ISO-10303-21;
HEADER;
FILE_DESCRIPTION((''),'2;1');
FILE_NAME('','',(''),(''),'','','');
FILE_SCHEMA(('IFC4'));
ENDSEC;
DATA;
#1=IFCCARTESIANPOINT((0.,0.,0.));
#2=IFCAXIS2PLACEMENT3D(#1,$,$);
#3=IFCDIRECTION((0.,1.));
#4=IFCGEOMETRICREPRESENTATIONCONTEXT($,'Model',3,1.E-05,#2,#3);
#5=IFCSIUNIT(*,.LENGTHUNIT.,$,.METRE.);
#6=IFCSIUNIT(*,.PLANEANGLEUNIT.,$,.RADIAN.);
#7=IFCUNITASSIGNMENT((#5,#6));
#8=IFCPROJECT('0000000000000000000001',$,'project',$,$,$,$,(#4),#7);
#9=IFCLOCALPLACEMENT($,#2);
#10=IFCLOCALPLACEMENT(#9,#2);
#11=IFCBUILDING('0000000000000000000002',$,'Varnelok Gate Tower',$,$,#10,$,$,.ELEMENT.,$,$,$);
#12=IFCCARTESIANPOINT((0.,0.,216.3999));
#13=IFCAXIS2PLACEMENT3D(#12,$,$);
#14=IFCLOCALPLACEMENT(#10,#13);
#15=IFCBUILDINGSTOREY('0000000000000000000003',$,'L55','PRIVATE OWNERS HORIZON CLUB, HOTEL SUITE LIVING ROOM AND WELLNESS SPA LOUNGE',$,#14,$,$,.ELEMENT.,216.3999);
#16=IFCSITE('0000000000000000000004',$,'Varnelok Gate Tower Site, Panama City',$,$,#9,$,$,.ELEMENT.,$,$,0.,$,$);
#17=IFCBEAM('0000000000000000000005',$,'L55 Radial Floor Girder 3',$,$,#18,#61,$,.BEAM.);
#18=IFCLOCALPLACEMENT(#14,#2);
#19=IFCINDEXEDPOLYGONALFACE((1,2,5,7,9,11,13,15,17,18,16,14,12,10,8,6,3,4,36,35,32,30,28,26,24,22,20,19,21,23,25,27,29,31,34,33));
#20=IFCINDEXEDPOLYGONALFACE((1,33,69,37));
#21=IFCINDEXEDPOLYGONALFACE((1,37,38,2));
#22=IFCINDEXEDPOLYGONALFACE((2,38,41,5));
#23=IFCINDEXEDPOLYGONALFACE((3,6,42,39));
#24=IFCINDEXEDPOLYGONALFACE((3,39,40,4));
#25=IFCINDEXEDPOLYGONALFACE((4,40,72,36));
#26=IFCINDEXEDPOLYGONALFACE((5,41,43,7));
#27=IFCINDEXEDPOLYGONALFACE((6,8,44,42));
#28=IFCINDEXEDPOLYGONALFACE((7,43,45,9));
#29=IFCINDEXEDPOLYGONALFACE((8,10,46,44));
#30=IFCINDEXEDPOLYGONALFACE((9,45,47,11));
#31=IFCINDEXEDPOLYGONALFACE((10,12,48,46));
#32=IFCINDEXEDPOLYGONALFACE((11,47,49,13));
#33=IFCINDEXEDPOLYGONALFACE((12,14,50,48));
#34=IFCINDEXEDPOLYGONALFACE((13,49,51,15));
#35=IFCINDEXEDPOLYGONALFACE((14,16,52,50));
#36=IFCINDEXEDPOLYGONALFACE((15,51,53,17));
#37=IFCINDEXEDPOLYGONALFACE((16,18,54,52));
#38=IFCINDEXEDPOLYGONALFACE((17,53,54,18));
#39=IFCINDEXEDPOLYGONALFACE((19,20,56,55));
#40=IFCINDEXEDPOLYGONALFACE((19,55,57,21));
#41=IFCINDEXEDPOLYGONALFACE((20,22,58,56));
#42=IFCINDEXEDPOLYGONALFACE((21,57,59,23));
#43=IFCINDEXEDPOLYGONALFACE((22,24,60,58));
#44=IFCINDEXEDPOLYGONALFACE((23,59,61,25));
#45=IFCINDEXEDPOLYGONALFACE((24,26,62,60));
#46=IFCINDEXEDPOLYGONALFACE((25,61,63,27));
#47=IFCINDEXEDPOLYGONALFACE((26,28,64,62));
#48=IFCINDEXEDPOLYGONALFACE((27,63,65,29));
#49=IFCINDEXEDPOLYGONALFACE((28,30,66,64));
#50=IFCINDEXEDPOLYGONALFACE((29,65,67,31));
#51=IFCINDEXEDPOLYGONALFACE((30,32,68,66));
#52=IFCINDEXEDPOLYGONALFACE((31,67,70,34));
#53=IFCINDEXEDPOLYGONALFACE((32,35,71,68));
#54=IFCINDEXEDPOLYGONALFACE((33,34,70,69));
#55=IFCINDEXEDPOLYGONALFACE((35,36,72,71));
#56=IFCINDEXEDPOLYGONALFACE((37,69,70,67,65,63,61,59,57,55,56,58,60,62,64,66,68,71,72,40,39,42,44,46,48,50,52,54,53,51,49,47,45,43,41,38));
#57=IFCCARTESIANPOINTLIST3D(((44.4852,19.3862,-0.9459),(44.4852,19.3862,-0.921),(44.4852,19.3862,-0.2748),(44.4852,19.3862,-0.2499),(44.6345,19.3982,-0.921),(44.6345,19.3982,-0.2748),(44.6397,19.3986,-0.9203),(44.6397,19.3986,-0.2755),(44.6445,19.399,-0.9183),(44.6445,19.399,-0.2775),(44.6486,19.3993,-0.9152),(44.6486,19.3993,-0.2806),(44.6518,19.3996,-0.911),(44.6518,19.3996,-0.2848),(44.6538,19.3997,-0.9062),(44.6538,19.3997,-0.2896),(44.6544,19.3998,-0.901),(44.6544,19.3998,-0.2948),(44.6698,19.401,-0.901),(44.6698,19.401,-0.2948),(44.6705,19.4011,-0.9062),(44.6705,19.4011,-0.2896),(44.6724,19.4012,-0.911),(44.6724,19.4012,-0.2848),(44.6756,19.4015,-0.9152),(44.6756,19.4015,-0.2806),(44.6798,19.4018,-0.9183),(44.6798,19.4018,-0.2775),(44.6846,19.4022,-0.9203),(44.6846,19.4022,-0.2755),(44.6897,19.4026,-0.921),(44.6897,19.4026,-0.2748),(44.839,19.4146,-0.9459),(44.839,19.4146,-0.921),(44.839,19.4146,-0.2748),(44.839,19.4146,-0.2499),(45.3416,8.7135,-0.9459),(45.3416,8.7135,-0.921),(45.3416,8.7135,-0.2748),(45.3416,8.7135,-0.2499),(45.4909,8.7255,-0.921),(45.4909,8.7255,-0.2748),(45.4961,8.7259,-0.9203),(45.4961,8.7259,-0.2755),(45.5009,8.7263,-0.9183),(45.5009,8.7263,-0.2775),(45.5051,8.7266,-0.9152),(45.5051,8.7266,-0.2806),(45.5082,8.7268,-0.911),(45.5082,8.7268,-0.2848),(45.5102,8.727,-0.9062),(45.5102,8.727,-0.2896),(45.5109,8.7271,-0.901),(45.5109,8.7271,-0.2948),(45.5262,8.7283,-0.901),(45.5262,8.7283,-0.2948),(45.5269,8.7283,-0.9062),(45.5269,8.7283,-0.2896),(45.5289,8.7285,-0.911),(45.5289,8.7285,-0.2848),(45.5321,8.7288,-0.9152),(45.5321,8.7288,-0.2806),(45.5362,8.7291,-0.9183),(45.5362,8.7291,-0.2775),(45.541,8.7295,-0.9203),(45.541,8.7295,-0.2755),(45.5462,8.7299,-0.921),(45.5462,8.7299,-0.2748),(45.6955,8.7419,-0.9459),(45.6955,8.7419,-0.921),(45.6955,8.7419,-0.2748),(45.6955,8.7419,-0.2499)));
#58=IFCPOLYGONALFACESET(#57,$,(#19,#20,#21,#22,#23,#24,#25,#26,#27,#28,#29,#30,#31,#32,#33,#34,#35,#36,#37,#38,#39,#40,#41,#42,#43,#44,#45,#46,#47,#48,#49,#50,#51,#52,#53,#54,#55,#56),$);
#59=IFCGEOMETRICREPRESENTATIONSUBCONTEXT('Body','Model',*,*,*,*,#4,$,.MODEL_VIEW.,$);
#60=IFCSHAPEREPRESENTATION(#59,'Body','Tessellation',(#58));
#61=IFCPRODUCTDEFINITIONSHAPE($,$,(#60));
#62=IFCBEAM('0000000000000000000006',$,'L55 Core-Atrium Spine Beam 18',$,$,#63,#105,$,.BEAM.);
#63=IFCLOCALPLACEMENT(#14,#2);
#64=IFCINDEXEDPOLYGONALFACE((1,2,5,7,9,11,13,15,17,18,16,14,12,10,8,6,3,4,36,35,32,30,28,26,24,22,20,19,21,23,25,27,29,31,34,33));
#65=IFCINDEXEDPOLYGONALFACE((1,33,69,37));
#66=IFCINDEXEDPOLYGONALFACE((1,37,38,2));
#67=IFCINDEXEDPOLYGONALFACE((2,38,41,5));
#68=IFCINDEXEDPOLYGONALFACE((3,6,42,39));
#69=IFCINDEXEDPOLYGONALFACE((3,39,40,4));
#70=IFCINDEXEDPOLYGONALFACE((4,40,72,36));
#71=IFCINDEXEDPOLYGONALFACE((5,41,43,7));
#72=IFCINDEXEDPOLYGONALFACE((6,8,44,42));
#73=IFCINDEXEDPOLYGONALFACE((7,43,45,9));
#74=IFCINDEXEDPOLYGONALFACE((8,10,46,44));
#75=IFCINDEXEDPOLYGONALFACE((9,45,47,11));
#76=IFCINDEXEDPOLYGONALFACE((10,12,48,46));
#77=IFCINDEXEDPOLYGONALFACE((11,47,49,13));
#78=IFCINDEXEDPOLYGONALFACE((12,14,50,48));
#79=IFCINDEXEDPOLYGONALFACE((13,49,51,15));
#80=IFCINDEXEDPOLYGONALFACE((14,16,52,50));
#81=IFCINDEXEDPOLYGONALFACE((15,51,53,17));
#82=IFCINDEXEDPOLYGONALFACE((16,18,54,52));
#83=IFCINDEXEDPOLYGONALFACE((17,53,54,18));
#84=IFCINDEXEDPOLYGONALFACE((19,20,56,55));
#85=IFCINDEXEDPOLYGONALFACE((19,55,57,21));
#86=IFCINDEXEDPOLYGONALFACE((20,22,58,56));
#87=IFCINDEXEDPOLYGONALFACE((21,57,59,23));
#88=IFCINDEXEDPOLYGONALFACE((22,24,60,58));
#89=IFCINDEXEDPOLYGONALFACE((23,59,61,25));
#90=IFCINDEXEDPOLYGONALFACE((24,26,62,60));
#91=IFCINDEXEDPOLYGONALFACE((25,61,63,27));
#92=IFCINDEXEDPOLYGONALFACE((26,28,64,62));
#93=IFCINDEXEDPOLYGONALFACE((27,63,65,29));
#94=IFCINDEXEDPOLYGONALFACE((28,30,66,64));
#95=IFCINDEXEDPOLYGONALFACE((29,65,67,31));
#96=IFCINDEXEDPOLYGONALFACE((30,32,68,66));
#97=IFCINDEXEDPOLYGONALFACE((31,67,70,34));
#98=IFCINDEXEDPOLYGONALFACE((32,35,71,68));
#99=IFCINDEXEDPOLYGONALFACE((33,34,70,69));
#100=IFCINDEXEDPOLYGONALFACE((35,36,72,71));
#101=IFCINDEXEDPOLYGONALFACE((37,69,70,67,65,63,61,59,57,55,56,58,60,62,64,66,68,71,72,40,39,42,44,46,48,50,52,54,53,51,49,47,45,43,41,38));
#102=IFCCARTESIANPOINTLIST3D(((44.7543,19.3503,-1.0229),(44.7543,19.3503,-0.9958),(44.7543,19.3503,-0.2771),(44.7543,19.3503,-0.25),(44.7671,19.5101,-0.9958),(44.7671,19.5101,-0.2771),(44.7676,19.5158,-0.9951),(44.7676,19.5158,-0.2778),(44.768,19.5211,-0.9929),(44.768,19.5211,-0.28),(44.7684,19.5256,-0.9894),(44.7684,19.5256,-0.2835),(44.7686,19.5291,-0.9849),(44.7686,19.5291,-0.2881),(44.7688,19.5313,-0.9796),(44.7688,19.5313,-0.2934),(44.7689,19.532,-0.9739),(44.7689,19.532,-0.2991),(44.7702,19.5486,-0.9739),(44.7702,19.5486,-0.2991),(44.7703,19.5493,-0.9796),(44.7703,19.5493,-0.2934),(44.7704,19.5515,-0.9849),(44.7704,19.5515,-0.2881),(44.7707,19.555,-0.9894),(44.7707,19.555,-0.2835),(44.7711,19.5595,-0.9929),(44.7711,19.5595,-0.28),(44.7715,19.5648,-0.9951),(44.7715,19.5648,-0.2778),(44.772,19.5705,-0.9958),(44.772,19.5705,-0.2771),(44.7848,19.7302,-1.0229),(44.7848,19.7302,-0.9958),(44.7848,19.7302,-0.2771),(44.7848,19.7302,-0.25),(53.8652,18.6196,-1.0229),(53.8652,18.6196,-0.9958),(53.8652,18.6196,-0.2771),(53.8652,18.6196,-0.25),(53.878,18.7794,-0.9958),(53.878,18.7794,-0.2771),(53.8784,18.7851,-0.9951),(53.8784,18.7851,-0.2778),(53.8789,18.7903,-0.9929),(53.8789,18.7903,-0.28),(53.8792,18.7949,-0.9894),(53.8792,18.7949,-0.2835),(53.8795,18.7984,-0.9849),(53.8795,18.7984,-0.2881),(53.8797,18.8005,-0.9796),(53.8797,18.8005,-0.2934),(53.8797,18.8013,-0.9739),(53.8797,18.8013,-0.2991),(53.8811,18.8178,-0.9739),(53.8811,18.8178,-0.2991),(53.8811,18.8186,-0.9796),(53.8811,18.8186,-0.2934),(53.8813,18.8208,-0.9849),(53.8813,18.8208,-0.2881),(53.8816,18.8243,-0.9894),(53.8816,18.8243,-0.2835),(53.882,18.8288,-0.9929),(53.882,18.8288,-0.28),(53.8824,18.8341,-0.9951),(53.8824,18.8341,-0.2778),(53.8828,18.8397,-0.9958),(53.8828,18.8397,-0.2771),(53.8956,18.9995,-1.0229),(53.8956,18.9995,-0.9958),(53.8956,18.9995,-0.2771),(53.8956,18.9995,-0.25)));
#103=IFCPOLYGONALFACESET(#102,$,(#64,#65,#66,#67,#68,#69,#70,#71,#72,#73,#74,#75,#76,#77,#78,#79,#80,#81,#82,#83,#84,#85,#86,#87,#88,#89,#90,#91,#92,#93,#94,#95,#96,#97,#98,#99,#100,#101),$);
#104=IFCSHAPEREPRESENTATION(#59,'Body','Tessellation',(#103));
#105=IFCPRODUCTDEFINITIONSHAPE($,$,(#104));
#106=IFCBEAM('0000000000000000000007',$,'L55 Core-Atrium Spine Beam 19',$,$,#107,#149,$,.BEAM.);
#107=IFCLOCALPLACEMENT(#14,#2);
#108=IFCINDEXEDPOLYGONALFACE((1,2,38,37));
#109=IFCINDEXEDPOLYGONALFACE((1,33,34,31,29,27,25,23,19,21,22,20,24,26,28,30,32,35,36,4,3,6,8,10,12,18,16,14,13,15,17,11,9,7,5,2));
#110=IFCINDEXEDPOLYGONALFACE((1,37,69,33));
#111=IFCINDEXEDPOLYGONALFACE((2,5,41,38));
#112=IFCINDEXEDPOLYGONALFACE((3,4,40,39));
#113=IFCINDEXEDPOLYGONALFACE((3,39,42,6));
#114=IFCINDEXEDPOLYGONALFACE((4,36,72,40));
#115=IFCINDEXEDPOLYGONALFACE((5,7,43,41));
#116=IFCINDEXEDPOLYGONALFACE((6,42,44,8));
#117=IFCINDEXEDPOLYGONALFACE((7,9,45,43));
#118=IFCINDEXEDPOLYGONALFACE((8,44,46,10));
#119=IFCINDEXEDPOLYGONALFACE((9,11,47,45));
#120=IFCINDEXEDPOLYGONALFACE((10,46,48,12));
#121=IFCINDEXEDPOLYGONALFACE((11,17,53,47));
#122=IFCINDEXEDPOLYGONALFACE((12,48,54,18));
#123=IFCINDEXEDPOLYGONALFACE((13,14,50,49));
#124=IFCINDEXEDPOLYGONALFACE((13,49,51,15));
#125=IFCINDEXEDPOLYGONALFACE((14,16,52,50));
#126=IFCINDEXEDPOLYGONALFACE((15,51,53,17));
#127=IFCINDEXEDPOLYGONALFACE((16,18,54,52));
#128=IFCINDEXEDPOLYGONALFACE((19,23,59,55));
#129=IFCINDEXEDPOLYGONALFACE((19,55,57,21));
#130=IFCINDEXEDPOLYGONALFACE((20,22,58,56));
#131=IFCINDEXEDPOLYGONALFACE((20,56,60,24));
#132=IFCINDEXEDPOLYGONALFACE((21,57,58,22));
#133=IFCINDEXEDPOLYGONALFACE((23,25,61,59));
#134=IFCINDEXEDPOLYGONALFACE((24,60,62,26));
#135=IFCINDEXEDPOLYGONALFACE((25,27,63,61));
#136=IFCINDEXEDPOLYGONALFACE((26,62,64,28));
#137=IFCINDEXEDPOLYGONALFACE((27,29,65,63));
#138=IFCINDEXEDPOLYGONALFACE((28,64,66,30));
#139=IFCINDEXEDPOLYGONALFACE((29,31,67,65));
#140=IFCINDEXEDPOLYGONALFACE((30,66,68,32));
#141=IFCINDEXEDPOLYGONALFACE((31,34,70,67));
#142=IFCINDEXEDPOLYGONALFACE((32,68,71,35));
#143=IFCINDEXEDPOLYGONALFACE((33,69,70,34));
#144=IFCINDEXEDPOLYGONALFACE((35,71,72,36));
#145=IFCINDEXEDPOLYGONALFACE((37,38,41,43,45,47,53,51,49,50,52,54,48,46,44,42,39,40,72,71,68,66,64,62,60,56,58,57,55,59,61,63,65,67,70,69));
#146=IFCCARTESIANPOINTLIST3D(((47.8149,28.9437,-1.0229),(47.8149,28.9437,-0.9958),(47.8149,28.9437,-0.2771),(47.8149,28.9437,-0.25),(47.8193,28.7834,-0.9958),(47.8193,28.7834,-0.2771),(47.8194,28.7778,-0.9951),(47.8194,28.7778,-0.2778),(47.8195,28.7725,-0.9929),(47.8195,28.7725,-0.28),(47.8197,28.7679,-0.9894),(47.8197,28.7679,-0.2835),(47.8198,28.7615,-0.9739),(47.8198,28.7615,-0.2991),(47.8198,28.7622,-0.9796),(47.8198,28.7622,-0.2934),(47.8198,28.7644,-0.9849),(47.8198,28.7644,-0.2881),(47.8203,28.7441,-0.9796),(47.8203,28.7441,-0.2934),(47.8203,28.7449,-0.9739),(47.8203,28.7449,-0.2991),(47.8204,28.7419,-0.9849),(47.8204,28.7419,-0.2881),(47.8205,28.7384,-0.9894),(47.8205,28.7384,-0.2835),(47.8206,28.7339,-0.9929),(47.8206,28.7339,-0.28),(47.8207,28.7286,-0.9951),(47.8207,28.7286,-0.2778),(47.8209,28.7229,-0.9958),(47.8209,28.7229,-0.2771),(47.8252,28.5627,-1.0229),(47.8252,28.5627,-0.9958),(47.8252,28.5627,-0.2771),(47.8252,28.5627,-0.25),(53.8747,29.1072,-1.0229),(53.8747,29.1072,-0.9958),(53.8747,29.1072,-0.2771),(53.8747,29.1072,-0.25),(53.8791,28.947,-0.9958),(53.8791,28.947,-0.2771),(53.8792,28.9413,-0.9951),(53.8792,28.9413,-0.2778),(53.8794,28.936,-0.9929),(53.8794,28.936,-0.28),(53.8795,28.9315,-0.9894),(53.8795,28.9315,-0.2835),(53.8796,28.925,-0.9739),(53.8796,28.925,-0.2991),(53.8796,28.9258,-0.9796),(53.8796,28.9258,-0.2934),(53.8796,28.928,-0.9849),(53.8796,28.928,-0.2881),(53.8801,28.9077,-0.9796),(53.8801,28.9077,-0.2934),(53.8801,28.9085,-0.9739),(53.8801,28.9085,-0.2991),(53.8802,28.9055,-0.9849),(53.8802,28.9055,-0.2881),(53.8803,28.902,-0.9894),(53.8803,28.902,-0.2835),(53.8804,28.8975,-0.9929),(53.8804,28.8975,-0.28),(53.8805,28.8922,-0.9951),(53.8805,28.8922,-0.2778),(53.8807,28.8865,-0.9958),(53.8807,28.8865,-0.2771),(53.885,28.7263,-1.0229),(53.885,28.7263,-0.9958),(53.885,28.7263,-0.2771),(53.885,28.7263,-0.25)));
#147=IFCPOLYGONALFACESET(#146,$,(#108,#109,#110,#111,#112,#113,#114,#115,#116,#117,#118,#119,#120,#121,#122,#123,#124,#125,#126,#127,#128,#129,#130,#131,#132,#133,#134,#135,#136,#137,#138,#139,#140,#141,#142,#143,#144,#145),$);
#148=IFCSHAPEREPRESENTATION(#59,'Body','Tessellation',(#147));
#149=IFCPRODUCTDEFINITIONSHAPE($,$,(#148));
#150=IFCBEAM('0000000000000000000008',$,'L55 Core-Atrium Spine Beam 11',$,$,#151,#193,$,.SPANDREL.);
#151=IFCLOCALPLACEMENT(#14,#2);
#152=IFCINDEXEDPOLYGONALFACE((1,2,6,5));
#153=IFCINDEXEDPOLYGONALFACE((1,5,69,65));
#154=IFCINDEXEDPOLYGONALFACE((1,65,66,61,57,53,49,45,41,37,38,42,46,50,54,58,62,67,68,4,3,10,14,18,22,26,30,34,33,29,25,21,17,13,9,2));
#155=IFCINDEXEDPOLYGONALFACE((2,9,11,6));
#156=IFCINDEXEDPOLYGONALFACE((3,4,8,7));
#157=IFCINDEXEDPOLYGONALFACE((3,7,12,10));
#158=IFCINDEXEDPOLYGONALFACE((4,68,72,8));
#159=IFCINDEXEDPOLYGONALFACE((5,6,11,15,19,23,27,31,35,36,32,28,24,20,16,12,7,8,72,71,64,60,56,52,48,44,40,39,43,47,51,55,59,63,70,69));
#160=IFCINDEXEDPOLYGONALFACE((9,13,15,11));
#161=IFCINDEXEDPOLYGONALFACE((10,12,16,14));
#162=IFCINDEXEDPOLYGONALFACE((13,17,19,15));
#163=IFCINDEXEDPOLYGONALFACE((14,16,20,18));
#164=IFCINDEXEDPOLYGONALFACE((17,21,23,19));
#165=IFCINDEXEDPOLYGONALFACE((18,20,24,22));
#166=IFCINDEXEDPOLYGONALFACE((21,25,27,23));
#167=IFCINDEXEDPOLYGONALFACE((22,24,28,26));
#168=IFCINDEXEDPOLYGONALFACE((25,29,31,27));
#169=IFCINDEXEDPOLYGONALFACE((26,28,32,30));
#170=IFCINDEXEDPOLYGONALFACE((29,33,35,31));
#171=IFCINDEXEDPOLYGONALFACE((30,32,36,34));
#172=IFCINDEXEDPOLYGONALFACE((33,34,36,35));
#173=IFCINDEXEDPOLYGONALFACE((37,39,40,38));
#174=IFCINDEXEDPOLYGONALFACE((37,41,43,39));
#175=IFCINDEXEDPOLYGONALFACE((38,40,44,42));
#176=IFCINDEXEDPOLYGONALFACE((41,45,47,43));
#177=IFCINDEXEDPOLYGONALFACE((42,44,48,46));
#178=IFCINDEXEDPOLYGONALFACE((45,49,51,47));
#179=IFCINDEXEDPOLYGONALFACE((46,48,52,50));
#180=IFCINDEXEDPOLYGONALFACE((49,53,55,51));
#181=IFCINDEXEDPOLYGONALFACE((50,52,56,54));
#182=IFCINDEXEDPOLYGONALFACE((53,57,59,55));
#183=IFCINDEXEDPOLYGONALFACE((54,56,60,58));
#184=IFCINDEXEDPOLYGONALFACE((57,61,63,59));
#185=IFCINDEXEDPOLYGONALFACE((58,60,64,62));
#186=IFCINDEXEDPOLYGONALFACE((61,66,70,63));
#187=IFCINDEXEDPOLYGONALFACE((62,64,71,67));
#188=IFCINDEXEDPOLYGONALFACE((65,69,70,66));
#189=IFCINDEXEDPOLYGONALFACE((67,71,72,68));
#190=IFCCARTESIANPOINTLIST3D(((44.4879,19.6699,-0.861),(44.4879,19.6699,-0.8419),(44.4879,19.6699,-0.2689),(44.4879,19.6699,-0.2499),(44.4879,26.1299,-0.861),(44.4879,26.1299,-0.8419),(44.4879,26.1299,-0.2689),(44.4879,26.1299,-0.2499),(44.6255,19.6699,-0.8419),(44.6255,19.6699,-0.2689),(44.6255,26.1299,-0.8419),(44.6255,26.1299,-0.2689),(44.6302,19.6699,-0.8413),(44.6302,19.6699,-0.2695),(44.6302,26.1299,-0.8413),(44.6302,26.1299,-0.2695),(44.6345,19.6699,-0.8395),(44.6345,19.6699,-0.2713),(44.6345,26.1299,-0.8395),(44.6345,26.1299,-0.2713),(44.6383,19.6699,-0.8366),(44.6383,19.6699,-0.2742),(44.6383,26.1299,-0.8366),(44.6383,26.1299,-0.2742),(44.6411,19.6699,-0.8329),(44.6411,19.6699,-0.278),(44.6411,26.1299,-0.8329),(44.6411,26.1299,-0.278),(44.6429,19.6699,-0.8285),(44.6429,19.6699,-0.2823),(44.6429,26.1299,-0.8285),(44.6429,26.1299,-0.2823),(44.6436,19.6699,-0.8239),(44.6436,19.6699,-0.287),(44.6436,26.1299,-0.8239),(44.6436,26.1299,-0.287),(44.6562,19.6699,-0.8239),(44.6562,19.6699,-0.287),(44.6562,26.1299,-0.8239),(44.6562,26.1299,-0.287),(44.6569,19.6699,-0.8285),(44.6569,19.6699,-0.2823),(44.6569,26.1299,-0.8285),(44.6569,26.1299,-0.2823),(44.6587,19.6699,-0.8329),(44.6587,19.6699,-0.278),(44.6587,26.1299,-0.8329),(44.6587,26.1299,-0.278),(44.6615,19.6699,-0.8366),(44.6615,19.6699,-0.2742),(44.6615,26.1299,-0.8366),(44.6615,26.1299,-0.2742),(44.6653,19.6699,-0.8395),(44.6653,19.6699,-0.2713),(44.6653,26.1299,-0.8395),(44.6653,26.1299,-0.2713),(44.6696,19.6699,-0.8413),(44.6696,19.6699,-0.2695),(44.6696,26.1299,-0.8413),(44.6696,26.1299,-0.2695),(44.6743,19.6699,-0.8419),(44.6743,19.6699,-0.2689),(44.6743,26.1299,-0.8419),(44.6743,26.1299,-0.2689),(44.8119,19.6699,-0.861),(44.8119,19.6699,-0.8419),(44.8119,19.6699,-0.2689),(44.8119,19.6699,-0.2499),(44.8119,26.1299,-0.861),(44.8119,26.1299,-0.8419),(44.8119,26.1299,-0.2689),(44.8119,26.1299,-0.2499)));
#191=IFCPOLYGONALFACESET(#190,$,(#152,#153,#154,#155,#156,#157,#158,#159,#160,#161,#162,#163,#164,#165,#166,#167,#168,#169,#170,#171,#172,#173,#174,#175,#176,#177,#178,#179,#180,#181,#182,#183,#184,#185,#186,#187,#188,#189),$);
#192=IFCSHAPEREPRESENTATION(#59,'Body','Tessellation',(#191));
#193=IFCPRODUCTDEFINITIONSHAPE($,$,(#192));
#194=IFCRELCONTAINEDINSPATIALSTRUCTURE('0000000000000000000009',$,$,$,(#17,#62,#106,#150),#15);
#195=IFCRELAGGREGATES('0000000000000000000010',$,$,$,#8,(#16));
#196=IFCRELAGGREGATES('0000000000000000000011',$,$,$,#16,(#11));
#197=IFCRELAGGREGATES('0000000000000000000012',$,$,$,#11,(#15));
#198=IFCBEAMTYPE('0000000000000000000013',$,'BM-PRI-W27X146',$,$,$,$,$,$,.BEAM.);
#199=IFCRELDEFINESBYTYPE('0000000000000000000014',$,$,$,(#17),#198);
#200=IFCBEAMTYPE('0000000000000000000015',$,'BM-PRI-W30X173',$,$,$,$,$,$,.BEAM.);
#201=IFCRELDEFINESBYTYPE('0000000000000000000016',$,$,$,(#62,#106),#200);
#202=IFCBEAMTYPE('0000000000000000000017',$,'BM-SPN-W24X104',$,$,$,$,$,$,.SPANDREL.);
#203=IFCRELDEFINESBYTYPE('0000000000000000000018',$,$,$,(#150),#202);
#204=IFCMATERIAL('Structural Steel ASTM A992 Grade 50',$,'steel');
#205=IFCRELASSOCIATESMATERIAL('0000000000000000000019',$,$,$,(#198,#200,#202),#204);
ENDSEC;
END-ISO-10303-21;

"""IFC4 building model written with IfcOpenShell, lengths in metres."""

from ifc_helpers import new_model, si_unit, direction, frame, origin, origin_2d, place, context, subcontext, project, spatial, i_section, extrude, material, material_profile, profile_set, type_object, element, save


model = new_model("IFC4")

# Units and contexts
model_context = context("Model", 3, precision=1e-05, world=origin(), true_north=direction((0.0, 1.0)))
body_context = subcontext(model_context, "Body", "Model", "MODEL_VIEW")
ifc_project = project(units=[si_unit("LENGTHUNIT", "METRE"), si_unit("PLANEANGLEUNIT", "RADIAN")], contexts=[model_context])

# Site, building, storey
site_placement = place(None, origin())
site = spatial("IfcSite", under=ifc_project, at=site_placement, Name="Varnelok Gate Tower Site, Panama City", CompositionType="ELEMENT", RefElevation=0.0)
building_placement = place(site_placement, origin())
building = spatial("IfcBuilding", under=site, at=building_placement, Name="Varnelok Gate Tower", CompositionType="ELEMENT")
storey_placement = place(building_placement, frame((0.0, 0.0, 216.3999)))
storey = spatial("IfcBuildingStorey", under=building, at=storey_placement, Name="L55", Description="PRIVATE OWNERS HORIZON CLUB, HOTEL SUITE LIVING ROOM AND WELLNESS SPA LOUNGE", CompositionType="ELEMENT", Elevation=216.3999)

# Shared definitions
ifc_material_1 = material(Name="Structural Steel ASTM A992 Grade 50", Category="steel")

# Beams
ifc_material_profile_1 = material_profile(ifc_material_1, i_section(OverallWidth=0.355, OverallDepth=0.696, WebThickness=0.0154, FlangeThickness=0.0249, FilletRadius=0.02, at=origin_2d()), Name="W27X146")
ifc_profile_set_1 = profile_set([ifc_material_profile_1], Name="Structural Steel ASTM A992 Grade 50")
beam_type_1 = type_object("IfcBeamType", Name="BM-PRI-W27X146", PredefinedType="BEAM", material=ifc_profile_set_1)
beam_1_placement = place(storey_placement, frame((44.6621, 19.4004, -0.5979), z_axis=(0.07999, -0.996796, 0.0), x_axis=(0.996796, 0.07999, 0.0)))
element("IfcBeam", 1, at=beam_1_placement, inside=storey, type_object=beam_type_1, Name="L55 Radial Floor Girder 3", PredefinedType="BEAM", context=body_context, shape_type="SweptSolid", body=[
    extrude(i_section(OverallWidth=0.355, OverallDepth=0.696, WebThickness=0.0154, FlangeThickness=0.0249, FilletRadius=0.02, at=origin_2d()), origin(), (0.0, 0.0, 1.0), 10.707),
])
ifc_material_profile_2 = material_profile(ifc_material_1, i_section(OverallWidth=0.3811, OverallDepth=0.7729, WebThickness=0.0166, FlangeThickness=0.0271, FilletRadius=0.022, at=origin_2d()), Name="W30X173")
ifc_profile_set_2 = profile_set([ifc_material_profile_2], Name="Structural Steel ASTM A992 Grade 50")
beam_type_2 = type_object("IfcBeamType", Name="BM-PRI-W30X173", PredefinedType="BEAM", material=ifc_profile_set_2)
beam_2_placement = place(storey_placement, frame((44.7695, 19.5403, -0.6365), z_axis=(0.996799, -0.079946, 0.0), x_axis=(0.079946, 0.996799, 0.0)))
element("IfcBeam", 2, at=beam_2_placement, inside=storey, type_object=beam_type_2, Name="L55 Core-Atrium Spine Beam 18", PredefinedType="BEAM", context=body_context, shape_type="SweptSolid", body=[
    extrude(i_section(OverallWidth=0.3811, OverallDepth=0.7729, WebThickness=0.0166, FlangeThickness=0.0271, FilletRadius=0.022, at=origin_2d()), origin(), (0.0, 0.0, 1.0), 9.1401),
])
beam_3_placement = place(storey_placement, frame((47.8201, 28.7532, -0.6365), z_axis=(0.999636, 0.026983, 0.0), x_axis=(-0.026983, 0.999636, 0.0)))
element("IfcBeam", 3, at=beam_3_placement, inside=storey, type_object=beam_type_2, Name="L55 Core-Atrium Spine Beam 19", PredefinedType="BEAM", context=body_context, shape_type="SweptSolid", body=[
    extrude(i_section(OverallWidth=0.3811, OverallDepth=0.7729, WebThickness=0.0166, FlangeThickness=0.0271, FilletRadius=0.022, at=origin_2d()), origin(), (0.0, 0.0, 1.0), 6.062),
])
ifc_material_profile_3 = material_profile(ifc_material_1, i_section(OverallWidth=0.324, OverallDepth=0.6111, WebThickness=0.0127, FlangeThickness=0.019, FilletRadius=0.0181, at=origin_2d()), Name="W24X104")
ifc_profile_set_3 = profile_set([ifc_material_profile_3], Name="Structural Steel ASTM A992 Grade 50")
beam_type_3 = type_object("IfcBeamType", Name="BM-SPN-W24X104", PredefinedType="SPANDREL", material=ifc_profile_set_3)
beam_4_placement = place(storey_placement, frame((44.6499, 19.6699, -0.5554), z_axis=(0.0, 1.0, 0.0), x_axis=(-1.0, 0.0, 0.0)))
element("IfcBeam", 4, at=beam_4_placement, inside=storey, type_object=beam_type_3, Name="L55 Core-Atrium Spine Beam 11", PredefinedType="SPANDREL", context=body_context, shape_type="SweptSolid", body=[
    extrude(i_section(OverallWidth=0.324, OverallDepth=0.6111, WebThickness=0.0127, FlangeThickness=0.019, FilletRadius=0.0181, at=origin_2d()), origin(), (0.0, 0.0, 1.0), 6.46),
])

save(model, "model.ifc")
